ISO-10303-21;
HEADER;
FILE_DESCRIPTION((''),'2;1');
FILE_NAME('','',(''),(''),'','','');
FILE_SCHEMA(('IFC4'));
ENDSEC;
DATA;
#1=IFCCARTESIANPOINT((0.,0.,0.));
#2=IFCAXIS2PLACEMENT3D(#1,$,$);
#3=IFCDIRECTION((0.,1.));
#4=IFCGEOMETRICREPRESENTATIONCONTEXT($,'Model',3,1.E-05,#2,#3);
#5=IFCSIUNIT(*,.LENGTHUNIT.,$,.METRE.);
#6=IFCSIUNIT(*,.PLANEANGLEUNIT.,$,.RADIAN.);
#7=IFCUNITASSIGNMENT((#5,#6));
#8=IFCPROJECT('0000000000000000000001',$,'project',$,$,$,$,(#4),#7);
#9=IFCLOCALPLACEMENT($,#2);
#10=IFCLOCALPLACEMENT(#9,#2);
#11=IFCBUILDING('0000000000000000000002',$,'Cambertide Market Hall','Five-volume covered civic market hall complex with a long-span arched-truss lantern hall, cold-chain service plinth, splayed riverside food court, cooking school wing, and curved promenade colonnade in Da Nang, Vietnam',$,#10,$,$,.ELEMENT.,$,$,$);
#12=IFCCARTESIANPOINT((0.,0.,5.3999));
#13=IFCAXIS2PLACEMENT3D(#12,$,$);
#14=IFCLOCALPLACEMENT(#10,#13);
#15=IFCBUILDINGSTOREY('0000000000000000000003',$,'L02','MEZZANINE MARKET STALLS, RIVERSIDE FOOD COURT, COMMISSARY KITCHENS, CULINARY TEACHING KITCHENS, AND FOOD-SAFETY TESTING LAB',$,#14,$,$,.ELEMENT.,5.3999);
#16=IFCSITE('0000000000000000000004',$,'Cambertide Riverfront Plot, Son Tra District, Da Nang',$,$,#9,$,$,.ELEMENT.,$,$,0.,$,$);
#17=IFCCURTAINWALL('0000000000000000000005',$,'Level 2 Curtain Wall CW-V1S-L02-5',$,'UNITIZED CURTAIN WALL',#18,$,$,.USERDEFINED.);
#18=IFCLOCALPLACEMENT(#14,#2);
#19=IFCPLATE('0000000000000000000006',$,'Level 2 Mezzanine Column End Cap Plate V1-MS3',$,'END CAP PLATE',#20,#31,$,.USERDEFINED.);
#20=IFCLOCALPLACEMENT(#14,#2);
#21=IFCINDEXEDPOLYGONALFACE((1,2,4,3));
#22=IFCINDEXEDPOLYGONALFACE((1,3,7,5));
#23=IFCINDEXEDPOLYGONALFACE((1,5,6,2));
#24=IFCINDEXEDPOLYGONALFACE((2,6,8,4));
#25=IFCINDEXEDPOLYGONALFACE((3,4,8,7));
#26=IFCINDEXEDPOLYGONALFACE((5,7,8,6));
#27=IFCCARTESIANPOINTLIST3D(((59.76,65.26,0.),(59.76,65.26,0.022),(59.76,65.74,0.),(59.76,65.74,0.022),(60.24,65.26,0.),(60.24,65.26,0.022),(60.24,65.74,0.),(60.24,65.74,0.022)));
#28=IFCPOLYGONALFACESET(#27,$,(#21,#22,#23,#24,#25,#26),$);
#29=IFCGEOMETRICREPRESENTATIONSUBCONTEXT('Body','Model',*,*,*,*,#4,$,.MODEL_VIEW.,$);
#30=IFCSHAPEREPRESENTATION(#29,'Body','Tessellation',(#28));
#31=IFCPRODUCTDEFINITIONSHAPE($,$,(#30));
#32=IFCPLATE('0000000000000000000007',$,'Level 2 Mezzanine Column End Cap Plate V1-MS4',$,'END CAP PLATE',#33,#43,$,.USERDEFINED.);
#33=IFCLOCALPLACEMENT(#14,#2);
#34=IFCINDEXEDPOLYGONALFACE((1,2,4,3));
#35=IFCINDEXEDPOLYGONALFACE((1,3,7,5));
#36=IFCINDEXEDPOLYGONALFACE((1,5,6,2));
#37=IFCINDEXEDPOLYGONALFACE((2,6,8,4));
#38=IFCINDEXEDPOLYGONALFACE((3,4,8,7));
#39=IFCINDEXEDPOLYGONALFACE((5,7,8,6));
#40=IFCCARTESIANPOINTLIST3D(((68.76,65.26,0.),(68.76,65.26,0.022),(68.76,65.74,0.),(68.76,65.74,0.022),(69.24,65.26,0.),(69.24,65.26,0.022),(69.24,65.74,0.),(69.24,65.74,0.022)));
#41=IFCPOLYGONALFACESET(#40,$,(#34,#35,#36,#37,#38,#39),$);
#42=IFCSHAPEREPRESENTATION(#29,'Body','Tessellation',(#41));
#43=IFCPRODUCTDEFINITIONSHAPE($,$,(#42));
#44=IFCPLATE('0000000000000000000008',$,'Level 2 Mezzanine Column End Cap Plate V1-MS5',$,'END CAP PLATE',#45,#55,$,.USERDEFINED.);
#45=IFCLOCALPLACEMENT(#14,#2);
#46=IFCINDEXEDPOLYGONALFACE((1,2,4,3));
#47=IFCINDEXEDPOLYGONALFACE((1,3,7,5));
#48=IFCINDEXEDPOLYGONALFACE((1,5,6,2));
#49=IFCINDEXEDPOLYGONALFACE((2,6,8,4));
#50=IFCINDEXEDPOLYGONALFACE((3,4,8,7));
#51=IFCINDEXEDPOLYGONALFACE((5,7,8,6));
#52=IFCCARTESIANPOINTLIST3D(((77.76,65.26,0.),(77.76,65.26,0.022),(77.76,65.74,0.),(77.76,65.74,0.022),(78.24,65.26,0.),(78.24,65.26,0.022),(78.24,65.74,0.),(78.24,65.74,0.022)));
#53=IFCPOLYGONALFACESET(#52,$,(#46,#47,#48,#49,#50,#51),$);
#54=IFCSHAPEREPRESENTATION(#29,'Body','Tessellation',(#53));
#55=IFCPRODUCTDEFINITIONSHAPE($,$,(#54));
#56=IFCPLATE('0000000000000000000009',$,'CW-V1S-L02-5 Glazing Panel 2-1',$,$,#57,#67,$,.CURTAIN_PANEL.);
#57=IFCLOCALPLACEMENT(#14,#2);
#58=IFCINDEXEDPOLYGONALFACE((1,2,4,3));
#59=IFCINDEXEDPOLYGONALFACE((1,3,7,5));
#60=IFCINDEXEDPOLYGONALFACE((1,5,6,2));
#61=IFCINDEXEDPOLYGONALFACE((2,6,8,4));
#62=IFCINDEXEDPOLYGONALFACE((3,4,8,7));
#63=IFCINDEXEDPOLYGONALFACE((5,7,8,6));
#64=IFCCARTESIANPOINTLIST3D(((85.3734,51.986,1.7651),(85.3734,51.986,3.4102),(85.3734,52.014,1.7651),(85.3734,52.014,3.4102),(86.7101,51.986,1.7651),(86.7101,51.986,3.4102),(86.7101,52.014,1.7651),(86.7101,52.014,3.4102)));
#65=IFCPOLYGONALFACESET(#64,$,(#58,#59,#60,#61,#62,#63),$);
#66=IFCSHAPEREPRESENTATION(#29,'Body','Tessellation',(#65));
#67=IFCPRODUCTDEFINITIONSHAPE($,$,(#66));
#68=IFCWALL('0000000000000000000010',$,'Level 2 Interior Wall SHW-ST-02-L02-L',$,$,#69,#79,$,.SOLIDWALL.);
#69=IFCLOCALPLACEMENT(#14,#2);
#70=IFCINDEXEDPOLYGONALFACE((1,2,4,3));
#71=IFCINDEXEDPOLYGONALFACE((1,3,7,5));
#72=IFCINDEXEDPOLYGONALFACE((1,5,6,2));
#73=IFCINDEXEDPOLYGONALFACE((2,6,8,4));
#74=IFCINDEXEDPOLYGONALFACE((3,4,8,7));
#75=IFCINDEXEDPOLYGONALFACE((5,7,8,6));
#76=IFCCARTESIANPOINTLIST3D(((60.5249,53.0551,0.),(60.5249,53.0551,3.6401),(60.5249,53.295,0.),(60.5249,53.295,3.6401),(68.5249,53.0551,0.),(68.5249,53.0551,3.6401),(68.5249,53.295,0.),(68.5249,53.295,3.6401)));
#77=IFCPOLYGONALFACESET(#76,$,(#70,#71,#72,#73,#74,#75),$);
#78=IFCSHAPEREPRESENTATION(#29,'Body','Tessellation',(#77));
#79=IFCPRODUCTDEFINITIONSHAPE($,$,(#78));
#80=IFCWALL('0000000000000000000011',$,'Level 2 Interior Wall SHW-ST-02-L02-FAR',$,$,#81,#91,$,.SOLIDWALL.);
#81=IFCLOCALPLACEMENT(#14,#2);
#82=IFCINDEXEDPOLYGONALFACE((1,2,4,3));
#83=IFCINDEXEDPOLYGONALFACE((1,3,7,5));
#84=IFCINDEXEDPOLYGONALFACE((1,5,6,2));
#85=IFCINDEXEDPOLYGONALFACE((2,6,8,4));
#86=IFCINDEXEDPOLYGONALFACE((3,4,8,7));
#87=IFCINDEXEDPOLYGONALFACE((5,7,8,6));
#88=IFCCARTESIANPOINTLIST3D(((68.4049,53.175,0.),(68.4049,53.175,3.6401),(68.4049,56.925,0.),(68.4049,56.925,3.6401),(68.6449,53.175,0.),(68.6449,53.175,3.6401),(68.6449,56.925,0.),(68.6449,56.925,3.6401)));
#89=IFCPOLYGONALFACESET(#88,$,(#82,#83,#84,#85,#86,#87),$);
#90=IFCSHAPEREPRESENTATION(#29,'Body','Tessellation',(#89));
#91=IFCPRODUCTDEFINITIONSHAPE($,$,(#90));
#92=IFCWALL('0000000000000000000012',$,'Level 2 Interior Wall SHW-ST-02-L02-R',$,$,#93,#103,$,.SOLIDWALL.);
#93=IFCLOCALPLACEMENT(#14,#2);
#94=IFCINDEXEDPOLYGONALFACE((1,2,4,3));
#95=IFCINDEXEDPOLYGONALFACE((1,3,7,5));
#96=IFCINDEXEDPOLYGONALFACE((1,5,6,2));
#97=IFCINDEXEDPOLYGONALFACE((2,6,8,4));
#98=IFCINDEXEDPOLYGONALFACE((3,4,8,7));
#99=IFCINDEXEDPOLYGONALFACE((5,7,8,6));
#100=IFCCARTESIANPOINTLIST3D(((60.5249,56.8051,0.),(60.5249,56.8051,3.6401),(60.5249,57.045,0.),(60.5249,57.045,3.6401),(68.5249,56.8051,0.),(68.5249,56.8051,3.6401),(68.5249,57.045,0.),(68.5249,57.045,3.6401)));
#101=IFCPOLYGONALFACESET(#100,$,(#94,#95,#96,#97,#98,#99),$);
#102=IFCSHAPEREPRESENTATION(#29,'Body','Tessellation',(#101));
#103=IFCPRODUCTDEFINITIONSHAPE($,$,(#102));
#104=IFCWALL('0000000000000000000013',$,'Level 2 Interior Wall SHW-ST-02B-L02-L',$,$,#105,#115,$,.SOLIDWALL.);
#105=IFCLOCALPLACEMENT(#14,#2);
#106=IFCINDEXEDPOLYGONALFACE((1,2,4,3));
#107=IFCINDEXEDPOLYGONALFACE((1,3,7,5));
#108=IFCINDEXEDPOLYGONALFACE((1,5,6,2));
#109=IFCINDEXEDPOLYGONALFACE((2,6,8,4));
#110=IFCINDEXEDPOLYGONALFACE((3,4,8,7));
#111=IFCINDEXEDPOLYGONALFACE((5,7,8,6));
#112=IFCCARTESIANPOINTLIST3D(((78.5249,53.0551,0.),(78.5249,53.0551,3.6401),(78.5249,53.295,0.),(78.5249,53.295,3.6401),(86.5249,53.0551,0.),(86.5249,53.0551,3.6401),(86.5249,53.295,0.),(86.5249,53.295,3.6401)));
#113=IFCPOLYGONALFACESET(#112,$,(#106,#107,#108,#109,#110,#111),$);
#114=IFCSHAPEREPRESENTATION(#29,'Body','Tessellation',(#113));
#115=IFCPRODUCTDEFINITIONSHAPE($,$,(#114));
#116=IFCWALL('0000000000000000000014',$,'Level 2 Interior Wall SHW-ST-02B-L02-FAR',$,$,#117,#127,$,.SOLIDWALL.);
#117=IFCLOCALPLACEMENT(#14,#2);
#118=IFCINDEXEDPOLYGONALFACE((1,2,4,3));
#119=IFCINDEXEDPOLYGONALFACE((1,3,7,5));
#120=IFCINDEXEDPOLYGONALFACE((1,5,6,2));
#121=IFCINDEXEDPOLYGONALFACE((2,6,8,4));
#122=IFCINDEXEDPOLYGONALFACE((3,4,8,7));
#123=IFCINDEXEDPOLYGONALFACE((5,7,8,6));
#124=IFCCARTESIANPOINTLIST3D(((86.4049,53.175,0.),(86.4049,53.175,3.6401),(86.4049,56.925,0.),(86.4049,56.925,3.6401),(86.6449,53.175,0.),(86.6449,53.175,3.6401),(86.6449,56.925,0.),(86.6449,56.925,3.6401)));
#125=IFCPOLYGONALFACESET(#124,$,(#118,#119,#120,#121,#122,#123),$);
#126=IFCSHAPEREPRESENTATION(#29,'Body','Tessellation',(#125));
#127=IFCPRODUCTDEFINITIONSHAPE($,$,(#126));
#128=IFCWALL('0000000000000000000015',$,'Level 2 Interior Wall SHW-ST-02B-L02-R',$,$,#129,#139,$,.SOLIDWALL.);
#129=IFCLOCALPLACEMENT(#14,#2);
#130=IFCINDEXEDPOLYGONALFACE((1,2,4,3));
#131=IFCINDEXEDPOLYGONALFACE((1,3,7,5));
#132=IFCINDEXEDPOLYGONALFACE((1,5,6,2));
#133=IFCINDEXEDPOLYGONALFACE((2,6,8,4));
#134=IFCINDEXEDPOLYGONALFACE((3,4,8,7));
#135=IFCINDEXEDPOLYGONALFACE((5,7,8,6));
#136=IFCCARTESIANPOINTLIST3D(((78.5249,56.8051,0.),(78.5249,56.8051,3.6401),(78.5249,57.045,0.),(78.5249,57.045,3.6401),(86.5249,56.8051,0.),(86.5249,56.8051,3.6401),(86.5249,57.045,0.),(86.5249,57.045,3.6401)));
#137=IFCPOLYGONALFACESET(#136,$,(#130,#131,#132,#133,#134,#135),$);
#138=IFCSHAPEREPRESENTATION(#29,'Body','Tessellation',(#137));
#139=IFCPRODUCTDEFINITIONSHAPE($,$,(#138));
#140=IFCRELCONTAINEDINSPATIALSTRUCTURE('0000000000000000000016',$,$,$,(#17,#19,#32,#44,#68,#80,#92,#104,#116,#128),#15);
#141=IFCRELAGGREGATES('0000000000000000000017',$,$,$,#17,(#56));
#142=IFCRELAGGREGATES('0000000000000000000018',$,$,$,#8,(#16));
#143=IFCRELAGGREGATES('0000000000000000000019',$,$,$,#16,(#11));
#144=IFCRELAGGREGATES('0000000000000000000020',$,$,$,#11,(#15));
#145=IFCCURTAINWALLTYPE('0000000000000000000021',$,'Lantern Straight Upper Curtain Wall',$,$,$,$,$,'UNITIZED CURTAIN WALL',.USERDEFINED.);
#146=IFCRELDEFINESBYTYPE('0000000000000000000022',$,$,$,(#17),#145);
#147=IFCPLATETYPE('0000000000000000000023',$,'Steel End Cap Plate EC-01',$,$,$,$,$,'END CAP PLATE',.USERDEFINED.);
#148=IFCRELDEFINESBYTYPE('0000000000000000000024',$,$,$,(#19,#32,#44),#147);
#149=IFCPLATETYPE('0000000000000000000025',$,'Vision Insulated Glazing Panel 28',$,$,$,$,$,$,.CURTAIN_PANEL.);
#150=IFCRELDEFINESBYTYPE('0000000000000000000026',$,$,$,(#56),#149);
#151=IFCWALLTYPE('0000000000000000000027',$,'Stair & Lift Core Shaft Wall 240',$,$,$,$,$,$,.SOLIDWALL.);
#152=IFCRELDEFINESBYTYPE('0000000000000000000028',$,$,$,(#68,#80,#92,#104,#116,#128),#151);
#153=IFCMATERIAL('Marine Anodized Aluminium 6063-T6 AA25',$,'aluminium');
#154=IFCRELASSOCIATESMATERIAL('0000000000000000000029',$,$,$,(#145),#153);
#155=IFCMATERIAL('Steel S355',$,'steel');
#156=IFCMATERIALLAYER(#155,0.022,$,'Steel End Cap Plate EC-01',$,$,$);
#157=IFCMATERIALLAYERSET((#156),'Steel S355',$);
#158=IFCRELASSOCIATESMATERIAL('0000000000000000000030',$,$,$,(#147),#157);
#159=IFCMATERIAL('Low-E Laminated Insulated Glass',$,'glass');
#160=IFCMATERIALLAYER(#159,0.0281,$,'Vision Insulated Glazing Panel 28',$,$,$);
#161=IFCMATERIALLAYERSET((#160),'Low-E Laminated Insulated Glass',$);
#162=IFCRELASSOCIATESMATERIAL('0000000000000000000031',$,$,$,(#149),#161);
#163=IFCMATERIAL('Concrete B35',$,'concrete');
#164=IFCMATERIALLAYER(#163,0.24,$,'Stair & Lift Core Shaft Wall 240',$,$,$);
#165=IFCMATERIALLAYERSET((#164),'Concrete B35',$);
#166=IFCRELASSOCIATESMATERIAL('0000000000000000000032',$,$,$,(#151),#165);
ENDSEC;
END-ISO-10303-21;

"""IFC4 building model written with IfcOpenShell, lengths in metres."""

from ifc_helpers import new_model, si_unit, direction, frame, frame_2d, origin, origin_2d, place, context, subcontext, project, spatial, rectangle, extrude, material, layer, layer_set, type_object, element, aggregate, save


model = new_model("IFC4")

# Units and contexts
model_context = context("Model", 3, precision=1e-05, world=origin(), true_north=direction((0.0, 1.0)))
body_context = subcontext(model_context, "Body", "Model", "MODEL_VIEW")
ifc_project = project(units=[si_unit("LENGTHUNIT", "METRE"), si_unit("PLANEANGLEUNIT", "RADIAN")], contexts=[model_context])

# Site, building, storey
site_placement = place(None, origin())
site = spatial("IfcSite", under=ifc_project, at=site_placement, Name="Cambertide Riverfront Plot, Son Tra District, Da Nang", CompositionType="ELEMENT", RefElevation=0.0)
building_placement = place(site_placement, origin())
building = spatial("IfcBuilding", under=site, at=building_placement, Name="Cambertide Market Hall", Description="Five-volume covered civic market hall complex with a long-span arched-truss lantern hall, cold-chain service plinth, splayed riverside food court, cooking school wing, and curved promenade colonnade in Da Nang, Vietnam", CompositionType="ELEMENT")
storey_placement = place(building_placement, frame((0.0, 0.0, 5.3999)))
storey = spatial("IfcBuildingStorey", under=building, at=storey_placement, Name="L02", Description="MEZZANINE MARKET STALLS, RIVERSIDE FOOD COURT, COMMISSARY KITCHENS, CULINARY TEACHING KITCHENS, AND FOOD-SAFETY TESTING LAB", CompositionType="ELEMENT", Elevation=5.3999)

# Curtain wall
ifc_material_1 = material(Name="Marine Anodized Aluminium 6063-T6 AA25", Category="aluminium")
curtain_wall_type = type_object("IfcCurtainWallType", Name="Lantern Straight Upper Curtain Wall", ElementType="UNITIZED CURTAIN WALL", PredefinedType="USERDEFINED", material=ifc_material_1)
curtain_wall_placement = place(storey_placement, origin())
curtain_wall = element("IfcCurtainWall", 1, at=curtain_wall_placement, inside=storey, type_object=curtain_wall_type, Name="Level 2 Curtain Wall CW-V1S-L02-5", ObjectType="UNITIZED CURTAIN WALL", PredefinedType="USERDEFINED")

# Plates
ifc_material_2 = material(Name="Steel S355", Category="steel")
ifc_layer_1 = layer(ifc_material_2, 0.022, Name="Steel End Cap Plate EC-01")
ifc_layer_set_1 = layer_set([ifc_layer_1], Name="Steel S355")
plate_type_1 = type_object("IfcPlateType", Name="Steel End Cap Plate EC-01", ElementType="END CAP PLATE", PredefinedType="USERDEFINED", material=ifc_layer_set_1)
for number, where, z_axis, x_axis, name in (
    (2, (60.0, 65.5, 0.0), (0.0, 0.0, 1.0), (1.0, 0.0, 0.0), "Level 2 Mezzanine Column End Cap Plate V1-MS3"),
    (3, (69.0, 65.5, 0.0), (0.0, 0.0, 1.0), (1.0, 0.0, 0.0), "Level 2 Mezzanine Column End Cap Plate V1-MS4"),
    (4, (78.0, 65.5, 0.0), (0.0, 0.0, 1.0), (1.0, 0.0, 0.0), "Level 2 Mezzanine Column End Cap Plate V1-MS5"),
):
    element("IfcPlate", number, at=place(storey_placement, frame(where, z_axis=z_axis, x_axis=x_axis)), inside=storey, type_object=plate_type_1, Name=name, ObjectType="END CAP PLATE", PredefinedType="USERDEFINED", context=body_context, shape_type="SweptSolid", body=[
        extrude(rectangle(XDim=0.48, YDim=0.48, at=origin_2d()), origin(), (0.0, 0.0, 1.0), 0.022),
    ])

# Plate
ifc_material_3 = material(Name="Low-E Laminated Insulated Glass", Category="glass")
ifc_layer_2 = layer(ifc_material_3, 0.0281, Name="Vision Insulated Glazing Panel 28")
ifc_layer_set_2 = layer_set([ifc_layer_2], Name="Low-E Laminated Insulated Glass")
plate_type_2 = type_object("IfcPlateType", Name="Vision Insulated Glazing Panel 28", PredefinedType="CURTAIN_PANEL", material=ifc_layer_set_2)
plate_placement = place(storey_placement, frame((86.0417, 52.0, 1.7651), z_axis=(0.0, 0.0, 1.0), x_axis=(-1.0, 0.0, 0.0)))
plate = element("IfcPlate", 5, at=plate_placement, type_object=plate_type_2, Name="CW-V1S-L02-5 Glazing Panel 2-1", PredefinedType="CURTAIN_PANEL", context=body_context, shape_type="SweptSolid", body=[
    extrude(rectangle(XDim=1.3367, YDim=0.0281, at=origin_2d()), origin(), (0.0, 0.0, 1.0), 1.645),
])
aggregate(curtain_wall, [plate])

# Shared definitions
ifc_material_4 = material(Name="Concrete B35", Category="concrete")
ifc_layer_3 = layer(ifc_material_4, 0.24, Name="Stair & Lift Core Shaft Wall 240")
ifc_layer_set_3 = layer_set([ifc_layer_3], Name="Concrete B35")
wall_type = type_object("IfcWallType", Name="Stair & Lift Core Shaft Wall 240", PredefinedType="SOLIDWALL", material=ifc_layer_set_3)

# Walls
wall_1_placement = place(storey_placement, frame((68.5249, 53.175, 0.0), z_axis=(0.0, 0.0, 1.0), x_axis=(-1.0, 0.0, 0.0)))
element("IfcWall", 6, at=wall_1_placement, inside=storey, type_object=wall_type, Name="Level 2 Interior Wall SHW-ST-02-L02-L", PredefinedType="SOLIDWALL", context=body_context, shape_type="SweptSolid", body=[
    extrude(rectangle(XDim=8.0, YDim=0.24, at=frame_2d((4.0, 0.0))), origin(), (0.0, 0.0, 1.0), 3.6401),
])
wall_2_placement = place(storey_placement, frame((68.5249, 56.925, 0.0), z_axis=(0.0, 0.0, 1.0), x_axis=(0.0, -1.0, 0.0)))
element("IfcWall", 7, at=wall_2_placement, inside=storey, type_object=wall_type, Name="Level 2 Interior Wall SHW-ST-02-L02-FAR", PredefinedType="SOLIDWALL", context=body_context, shape_type="SweptSolid", body=[
    extrude(rectangle(XDim=3.75, YDim=0.24, at=frame_2d((1.875, 0.0))), origin(), (0.0, 0.0, 1.0), 3.6401),
])
wall_3_placement = place(storey_placement, frame((60.5249, 56.925, 0.0), z_axis=(0.0, 0.0, 1.0), x_axis=(1.0, 0.0, 0.0)))
element("IfcWall", 8, at=wall_3_placement, inside=storey, type_object=wall_type, Name="Level 2 Interior Wall SHW-ST-02-L02-R", PredefinedType="SOLIDWALL", context=body_context, shape_type="SweptSolid", body=[
    extrude(rectangle(XDim=8.0, YDim=0.24, at=frame_2d((4.0, 0.0))), origin(), (0.0, 0.0, 1.0), 3.6401),
])

# Walls
wall_4_placement = place(storey_placement, frame((86.5249, 53.175, 0.0), z_axis=(0.0, 0.0, 1.0), x_axis=(-1.0, 0.0, 0.0)))
element("IfcWall", 9, at=wall_4_placement, inside=storey, type_object=wall_type, Name="Level 2 Interior Wall SHW-ST-02B-L02-L", PredefinedType="SOLIDWALL", context=body_context, shape_type="SweptSolid", body=[
    extrude(rectangle(XDim=8.0, YDim=0.24, at=frame_2d((4.0, 0.0))), origin(), (0.0, 0.0, 1.0), 3.6401),
])
wall_5_placement = place(storey_placement, frame((86.5249, 56.925, 0.0), z_axis=(0.0, 0.0, 1.0), x_axis=(0.0, -1.0, 0.0)))
element("IfcWall", 10, at=wall_5_placement, inside=storey, type_object=wall_type, Name="Level 2 Interior Wall SHW-ST-02B-L02-FAR", PredefinedType="SOLIDWALL", context=body_context, shape_type="SweptSolid", body=[
    extrude(rectangle(XDim=3.75, YDim=0.24, at=frame_2d((1.875, 0.0))), origin(), (0.0, 0.0, 1.0), 3.6401),
])
wall_6_placement = place(storey_placement, frame((78.5249, 56.925, 0.0), z_axis=(0.0, 0.0, 1.0), x_axis=(1.0, 0.0, 0.0)))
element("IfcWall", 11, at=wall_6_placement, inside=storey, type_object=wall_type, Name="Level 2 Interior Wall SHW-ST-02B-L02-R", PredefinedType="SOLIDWALL", context=body_context, shape_type="SweptSolid", body=[
    extrude(rectangle(XDim=8.0, YDim=0.24, at=frame_2d((4.0, 0.0))), origin(), (0.0, 0.0, 1.0), 3.6401),
])

save(model, "model.ifc")
